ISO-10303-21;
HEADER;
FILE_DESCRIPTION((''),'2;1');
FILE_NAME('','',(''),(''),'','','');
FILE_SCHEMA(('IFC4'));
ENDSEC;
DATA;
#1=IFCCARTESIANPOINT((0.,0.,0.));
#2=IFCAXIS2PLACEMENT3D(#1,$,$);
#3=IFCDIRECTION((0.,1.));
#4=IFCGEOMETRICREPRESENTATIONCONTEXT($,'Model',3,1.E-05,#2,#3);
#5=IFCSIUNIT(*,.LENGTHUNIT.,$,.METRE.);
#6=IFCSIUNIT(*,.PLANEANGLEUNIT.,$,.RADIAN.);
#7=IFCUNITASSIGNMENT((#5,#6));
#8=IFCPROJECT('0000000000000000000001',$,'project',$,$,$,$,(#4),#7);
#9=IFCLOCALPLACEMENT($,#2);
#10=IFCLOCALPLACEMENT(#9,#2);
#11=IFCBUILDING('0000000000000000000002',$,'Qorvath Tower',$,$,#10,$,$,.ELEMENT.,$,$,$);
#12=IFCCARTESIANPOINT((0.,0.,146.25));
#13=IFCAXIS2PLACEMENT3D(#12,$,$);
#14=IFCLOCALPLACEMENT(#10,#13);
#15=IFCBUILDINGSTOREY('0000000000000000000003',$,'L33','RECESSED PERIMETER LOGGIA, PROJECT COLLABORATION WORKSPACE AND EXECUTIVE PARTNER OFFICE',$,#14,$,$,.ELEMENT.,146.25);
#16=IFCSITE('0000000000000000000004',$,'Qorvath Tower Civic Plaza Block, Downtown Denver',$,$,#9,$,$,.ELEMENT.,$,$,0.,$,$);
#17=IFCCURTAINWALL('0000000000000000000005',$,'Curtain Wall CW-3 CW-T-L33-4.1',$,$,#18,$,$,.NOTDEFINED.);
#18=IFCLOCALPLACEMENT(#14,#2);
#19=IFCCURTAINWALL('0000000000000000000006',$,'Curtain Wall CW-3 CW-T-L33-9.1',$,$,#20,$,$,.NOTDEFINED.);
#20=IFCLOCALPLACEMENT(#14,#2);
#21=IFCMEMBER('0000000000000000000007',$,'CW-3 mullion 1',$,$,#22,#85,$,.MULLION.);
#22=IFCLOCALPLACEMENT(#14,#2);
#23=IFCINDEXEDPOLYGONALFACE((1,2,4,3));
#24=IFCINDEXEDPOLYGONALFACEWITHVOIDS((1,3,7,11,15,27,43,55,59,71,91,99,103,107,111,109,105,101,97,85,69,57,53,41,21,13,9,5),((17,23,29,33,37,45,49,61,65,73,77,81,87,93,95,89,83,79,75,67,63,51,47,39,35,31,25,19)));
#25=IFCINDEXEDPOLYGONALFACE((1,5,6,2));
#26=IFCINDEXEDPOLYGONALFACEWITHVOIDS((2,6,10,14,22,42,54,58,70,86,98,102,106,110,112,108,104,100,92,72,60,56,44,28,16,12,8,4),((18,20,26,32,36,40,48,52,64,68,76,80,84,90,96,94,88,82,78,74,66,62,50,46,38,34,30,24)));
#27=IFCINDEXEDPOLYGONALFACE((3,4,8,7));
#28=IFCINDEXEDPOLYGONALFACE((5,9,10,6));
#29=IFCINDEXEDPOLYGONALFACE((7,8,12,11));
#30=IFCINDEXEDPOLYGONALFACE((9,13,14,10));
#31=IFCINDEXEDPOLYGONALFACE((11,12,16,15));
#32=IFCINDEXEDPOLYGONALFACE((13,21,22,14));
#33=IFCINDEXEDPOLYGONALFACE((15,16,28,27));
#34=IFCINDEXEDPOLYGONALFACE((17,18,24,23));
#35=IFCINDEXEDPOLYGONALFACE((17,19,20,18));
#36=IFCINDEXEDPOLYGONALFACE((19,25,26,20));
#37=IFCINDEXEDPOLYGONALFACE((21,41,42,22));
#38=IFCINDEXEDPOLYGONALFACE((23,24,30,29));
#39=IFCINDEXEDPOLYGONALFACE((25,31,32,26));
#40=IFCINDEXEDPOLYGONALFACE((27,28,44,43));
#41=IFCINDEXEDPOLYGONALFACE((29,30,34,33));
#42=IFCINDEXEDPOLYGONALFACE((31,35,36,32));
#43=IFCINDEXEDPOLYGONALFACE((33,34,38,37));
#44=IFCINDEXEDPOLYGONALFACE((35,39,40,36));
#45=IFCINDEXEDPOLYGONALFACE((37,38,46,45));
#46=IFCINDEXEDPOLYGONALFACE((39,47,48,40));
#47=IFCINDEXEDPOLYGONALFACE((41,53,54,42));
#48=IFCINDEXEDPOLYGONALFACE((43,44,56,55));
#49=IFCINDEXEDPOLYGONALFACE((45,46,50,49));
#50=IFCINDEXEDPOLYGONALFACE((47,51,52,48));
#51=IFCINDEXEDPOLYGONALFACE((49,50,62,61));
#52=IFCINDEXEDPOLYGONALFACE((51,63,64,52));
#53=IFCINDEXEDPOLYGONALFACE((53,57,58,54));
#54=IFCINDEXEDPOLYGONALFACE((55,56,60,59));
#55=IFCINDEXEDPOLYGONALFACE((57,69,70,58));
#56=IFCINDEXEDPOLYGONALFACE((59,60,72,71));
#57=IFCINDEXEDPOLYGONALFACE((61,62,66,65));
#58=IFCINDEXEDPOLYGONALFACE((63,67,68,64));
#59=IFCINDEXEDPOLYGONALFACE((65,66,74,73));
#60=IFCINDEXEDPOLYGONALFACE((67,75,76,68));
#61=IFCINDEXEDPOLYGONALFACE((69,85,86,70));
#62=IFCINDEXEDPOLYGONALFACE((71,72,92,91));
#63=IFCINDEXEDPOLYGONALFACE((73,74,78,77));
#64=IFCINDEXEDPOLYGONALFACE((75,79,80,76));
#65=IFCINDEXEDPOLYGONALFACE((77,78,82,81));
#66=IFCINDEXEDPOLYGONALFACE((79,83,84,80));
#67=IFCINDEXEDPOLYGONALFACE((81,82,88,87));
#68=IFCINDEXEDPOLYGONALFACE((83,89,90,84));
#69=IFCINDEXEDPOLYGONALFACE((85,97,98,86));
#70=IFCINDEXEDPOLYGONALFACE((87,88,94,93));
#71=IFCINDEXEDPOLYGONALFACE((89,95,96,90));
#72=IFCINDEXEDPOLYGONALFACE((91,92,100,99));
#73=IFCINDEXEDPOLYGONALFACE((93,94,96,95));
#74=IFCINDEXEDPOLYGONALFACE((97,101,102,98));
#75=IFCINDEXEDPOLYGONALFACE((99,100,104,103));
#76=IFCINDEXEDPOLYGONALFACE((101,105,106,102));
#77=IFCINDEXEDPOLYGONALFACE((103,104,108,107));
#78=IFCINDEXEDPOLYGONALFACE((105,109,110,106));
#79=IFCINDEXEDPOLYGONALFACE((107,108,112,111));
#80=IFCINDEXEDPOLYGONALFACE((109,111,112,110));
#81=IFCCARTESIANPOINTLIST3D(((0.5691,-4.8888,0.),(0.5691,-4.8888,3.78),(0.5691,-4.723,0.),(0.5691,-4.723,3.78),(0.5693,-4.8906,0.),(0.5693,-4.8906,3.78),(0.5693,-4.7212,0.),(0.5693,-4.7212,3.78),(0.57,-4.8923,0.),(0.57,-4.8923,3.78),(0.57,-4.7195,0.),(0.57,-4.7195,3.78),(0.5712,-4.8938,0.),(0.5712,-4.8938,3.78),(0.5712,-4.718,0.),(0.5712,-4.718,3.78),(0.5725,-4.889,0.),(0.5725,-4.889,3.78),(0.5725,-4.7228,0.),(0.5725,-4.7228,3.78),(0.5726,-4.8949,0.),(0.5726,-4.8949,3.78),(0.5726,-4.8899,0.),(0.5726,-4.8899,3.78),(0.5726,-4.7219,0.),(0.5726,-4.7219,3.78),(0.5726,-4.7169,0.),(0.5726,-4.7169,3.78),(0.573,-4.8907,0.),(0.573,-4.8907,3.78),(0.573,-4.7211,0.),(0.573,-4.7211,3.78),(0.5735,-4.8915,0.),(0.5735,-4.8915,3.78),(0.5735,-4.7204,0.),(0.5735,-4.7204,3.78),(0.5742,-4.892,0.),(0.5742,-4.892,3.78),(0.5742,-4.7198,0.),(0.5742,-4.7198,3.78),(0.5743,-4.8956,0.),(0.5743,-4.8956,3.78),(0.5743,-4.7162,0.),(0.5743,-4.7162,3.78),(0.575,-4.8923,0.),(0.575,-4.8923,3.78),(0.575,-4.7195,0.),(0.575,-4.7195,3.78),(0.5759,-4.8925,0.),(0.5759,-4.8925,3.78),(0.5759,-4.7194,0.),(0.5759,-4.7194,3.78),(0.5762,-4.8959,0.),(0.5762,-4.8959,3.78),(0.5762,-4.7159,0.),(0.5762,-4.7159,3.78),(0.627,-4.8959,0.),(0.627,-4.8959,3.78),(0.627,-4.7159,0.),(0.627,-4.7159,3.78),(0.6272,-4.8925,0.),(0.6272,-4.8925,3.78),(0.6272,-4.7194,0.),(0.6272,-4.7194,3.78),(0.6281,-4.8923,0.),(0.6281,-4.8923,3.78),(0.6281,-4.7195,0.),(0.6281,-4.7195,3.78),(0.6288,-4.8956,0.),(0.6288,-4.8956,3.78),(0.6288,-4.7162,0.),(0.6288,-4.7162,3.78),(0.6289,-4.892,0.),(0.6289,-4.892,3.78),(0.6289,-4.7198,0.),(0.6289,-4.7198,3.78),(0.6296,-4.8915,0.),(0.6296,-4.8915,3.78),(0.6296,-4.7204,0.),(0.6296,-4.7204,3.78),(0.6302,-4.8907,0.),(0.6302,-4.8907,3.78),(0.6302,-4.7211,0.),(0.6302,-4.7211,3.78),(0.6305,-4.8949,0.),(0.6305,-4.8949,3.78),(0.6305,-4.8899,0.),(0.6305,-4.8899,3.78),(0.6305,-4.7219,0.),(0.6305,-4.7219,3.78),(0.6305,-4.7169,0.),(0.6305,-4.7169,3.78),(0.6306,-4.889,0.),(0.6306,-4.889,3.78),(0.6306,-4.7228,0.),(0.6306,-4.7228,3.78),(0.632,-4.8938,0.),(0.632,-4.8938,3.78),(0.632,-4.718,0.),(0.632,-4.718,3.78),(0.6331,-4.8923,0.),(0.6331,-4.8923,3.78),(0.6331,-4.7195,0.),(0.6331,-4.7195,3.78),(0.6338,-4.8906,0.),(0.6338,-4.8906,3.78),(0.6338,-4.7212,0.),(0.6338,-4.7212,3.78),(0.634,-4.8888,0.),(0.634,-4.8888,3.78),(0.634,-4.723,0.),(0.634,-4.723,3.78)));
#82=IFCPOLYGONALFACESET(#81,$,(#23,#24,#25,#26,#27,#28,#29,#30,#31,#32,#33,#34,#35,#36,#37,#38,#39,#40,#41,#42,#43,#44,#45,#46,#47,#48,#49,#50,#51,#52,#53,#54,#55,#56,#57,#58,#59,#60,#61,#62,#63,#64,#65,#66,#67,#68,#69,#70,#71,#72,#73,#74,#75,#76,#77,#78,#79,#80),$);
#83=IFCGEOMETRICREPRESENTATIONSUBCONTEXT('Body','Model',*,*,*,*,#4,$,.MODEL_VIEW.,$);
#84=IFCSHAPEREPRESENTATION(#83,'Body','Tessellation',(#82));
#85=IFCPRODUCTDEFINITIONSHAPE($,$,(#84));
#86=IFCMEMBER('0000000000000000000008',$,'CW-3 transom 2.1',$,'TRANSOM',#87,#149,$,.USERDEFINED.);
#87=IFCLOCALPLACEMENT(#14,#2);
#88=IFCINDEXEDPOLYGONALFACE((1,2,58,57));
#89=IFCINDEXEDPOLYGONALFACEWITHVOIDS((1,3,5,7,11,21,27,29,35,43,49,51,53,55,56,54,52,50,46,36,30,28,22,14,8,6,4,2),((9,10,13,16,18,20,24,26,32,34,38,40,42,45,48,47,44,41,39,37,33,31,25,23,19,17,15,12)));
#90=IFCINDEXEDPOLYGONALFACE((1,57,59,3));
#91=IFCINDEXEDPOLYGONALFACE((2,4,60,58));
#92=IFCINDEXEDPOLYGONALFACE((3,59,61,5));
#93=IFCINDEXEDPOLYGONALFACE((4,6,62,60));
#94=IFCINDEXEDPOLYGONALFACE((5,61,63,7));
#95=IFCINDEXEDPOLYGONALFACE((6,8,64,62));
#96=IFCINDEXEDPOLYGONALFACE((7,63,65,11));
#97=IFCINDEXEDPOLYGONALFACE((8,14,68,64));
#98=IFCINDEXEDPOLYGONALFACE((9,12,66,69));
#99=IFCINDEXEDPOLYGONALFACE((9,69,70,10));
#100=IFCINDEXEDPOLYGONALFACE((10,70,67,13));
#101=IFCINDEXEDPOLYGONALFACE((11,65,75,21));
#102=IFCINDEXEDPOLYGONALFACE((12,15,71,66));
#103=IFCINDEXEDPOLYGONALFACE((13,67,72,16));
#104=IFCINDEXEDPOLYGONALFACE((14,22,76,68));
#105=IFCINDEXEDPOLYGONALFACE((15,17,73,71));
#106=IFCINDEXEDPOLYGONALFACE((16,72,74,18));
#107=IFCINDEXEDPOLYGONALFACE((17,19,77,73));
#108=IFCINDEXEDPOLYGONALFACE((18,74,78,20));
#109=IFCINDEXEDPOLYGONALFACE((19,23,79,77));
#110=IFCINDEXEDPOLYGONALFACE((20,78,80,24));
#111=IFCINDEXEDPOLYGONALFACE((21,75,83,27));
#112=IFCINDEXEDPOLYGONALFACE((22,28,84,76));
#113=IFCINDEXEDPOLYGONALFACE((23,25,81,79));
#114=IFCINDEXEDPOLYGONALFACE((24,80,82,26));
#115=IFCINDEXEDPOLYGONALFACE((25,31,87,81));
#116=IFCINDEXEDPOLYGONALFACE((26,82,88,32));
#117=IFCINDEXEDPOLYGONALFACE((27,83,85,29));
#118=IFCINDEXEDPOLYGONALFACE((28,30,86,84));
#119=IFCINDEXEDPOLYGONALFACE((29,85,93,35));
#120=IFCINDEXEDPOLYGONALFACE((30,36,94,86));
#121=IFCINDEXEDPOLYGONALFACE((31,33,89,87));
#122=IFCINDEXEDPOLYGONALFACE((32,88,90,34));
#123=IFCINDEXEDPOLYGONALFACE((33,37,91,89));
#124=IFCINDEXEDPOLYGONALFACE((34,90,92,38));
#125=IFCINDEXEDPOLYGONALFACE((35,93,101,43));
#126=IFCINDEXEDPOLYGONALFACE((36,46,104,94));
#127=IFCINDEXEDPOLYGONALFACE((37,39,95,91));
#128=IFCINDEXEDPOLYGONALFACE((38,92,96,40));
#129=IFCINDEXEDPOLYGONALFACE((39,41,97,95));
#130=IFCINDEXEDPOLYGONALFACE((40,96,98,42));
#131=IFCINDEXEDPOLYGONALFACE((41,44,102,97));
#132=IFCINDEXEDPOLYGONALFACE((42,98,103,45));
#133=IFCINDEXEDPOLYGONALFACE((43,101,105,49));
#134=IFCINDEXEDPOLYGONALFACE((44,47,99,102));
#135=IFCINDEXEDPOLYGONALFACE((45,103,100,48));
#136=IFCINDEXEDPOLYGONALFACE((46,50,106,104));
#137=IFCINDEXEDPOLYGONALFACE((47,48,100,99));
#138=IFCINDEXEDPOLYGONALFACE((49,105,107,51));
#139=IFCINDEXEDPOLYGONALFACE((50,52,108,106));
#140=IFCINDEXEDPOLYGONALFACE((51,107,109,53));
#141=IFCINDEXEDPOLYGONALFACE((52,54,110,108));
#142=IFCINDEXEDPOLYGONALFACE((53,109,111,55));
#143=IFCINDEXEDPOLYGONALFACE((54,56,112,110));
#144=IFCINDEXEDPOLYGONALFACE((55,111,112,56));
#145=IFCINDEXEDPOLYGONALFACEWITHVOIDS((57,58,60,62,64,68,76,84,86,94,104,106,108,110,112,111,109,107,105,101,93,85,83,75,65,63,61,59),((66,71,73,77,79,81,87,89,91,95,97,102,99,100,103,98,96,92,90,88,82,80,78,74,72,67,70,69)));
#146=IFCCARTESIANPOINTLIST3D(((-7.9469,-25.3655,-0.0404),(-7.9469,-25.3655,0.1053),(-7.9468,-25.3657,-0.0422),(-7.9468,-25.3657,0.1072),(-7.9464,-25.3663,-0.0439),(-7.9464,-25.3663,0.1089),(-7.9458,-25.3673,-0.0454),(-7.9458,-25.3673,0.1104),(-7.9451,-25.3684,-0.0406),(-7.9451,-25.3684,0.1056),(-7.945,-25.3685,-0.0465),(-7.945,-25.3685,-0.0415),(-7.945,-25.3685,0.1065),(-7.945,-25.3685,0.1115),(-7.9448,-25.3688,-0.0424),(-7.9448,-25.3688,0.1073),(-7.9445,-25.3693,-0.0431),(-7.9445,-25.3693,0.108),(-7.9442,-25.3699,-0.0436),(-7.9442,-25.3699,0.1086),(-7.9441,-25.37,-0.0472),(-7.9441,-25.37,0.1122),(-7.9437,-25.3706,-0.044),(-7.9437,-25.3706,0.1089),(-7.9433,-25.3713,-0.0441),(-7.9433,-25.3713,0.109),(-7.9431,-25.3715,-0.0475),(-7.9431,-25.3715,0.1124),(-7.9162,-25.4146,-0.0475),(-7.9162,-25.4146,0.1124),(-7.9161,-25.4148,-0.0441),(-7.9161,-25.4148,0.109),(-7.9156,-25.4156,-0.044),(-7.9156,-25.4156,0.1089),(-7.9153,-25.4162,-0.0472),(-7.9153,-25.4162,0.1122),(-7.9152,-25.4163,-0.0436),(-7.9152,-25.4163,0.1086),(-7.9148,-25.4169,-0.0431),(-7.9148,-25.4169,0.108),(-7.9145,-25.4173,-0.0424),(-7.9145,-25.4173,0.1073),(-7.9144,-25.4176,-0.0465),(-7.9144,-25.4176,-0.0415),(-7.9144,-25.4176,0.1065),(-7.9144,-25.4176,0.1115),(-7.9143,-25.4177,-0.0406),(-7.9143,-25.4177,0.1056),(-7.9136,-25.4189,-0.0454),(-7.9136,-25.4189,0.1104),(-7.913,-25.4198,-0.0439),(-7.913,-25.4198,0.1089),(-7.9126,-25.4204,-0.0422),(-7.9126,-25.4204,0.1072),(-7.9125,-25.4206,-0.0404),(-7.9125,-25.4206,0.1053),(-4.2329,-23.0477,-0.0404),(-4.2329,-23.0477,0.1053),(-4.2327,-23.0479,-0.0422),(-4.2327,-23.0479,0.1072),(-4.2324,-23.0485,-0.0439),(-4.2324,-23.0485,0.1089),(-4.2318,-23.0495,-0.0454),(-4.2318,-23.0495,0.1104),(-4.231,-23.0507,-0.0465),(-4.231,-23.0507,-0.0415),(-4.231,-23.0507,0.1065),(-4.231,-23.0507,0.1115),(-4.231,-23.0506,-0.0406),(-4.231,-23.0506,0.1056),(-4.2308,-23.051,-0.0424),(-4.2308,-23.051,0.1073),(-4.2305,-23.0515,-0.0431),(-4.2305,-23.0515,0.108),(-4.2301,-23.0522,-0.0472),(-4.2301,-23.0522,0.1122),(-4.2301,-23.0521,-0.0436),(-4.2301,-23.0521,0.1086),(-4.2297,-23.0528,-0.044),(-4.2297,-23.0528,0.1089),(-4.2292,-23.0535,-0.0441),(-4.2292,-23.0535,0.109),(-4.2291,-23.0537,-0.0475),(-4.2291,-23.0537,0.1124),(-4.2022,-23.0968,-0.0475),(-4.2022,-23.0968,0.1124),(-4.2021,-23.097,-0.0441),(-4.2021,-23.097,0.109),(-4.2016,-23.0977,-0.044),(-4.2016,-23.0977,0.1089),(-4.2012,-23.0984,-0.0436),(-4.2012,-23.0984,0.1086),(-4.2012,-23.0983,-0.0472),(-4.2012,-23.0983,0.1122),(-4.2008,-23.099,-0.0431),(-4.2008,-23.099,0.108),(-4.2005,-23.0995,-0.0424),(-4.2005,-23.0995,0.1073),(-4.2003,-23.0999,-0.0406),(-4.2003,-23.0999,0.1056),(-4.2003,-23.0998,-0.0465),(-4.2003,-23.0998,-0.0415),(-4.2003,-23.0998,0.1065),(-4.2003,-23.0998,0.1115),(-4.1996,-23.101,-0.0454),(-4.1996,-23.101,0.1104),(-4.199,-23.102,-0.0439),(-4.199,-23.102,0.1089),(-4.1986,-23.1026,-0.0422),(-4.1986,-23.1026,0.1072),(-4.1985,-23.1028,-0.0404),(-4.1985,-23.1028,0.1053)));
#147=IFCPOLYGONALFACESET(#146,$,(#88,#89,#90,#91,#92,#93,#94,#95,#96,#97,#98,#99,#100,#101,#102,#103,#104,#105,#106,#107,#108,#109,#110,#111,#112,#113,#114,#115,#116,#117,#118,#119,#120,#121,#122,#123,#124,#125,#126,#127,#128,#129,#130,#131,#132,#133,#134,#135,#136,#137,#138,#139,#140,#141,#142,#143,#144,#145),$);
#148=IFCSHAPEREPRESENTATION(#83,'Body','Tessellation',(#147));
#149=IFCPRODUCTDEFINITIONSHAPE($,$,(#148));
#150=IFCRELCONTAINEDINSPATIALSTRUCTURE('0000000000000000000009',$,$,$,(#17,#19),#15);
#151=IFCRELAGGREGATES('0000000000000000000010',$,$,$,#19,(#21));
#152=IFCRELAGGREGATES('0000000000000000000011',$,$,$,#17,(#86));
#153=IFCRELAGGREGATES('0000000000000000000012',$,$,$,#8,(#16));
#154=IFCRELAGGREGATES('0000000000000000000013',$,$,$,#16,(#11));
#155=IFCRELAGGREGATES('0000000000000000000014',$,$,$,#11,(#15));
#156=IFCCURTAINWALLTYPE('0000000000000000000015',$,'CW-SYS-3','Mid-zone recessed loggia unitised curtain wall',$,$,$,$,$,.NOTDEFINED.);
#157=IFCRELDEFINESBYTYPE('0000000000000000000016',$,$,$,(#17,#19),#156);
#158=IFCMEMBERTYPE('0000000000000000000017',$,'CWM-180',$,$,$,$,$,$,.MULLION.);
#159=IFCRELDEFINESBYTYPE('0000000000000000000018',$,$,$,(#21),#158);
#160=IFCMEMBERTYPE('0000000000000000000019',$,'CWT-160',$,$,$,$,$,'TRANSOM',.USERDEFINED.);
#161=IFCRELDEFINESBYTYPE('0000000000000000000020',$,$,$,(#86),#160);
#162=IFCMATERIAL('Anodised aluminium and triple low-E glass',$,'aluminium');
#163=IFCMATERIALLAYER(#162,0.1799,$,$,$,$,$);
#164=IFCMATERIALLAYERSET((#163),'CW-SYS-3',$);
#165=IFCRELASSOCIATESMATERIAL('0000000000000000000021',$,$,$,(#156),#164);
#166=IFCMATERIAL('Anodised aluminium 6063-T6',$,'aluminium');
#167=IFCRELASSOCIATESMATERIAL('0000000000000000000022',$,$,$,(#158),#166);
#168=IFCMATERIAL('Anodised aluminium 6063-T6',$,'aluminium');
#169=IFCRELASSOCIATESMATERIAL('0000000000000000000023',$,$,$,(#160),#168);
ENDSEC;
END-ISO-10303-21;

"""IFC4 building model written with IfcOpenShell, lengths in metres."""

from ifc_helpers import new_model, si_unit, direction, frame, origin, origin_2d, place, context, subcontext, project, spatial, hollow_rectangle, extrude, material, layer, layer_set, material_profile, profile_set, type_object, element, aggregate, save


model = new_model("IFC4")

# Units and contexts
model_context = context("Model", 3, precision=1e-05, world=origin(), true_north=direction((0.0, 1.0)))
body_context = subcontext(model_context, "Body", "Model", "MODEL_VIEW")
ifc_project = project(units=[si_unit("LENGTHUNIT", "METRE"), si_unit("PLANEANGLEUNIT", "RADIAN")], contexts=[model_context])

# Site, building, storey
site_placement = place(None, origin())
site = spatial("IfcSite", under=ifc_project, at=site_placement, Name="Qorvath Tower Civic Plaza Block, Downtown Denver", CompositionType="ELEMENT", RefElevation=0.0)
building_placement = place(site_placement, origin())
building = spatial("IfcBuilding", under=site, at=building_placement, Name="Qorvath Tower", CompositionType="ELEMENT")
storey_placement = place(building_placement, frame((0.0, 0.0, 146.25)))
storey = spatial("IfcBuildingStorey", under=building, at=storey_placement, Name="L33", Description="RECESSED PERIMETER LOGGIA, PROJECT COLLABORATION WORKSPACE AND EXECUTIVE PARTNER OFFICE", CompositionType="ELEMENT", Elevation=146.25)

# Curtain wall
ifc_material_1 = material(Name="Anodised aluminium and triple low-E glass", Category="aluminium")
ifc_layer_1 = layer(ifc_material_1, 0.1799)
ifc_layer_set_1 = layer_set([ifc_layer_1], Name="CW-SYS-3")
curtain_wall_type = type_object("IfcCurtainWallType", Name="CW-SYS-3", Description="Mid-zone recessed loggia unitised curtain wall", PredefinedType="NOTDEFINED", material=ifc_layer_set_1)
curtain_wall_1_placement = place(storey_placement, origin())
curtain_wall_1 = element("IfcCurtainWall", 1, at=curtain_wall_1_placement, inside=storey, type_object=curtain_wall_type, Name="Curtain Wall CW-3 CW-T-L33-4.1", PredefinedType="NOTDEFINED")
ifc_material_2 = material(Name="Anodised aluminium 6063-T6", Category="aluminium")
ifc_material_profile_1 = material_profile(ifc_material_2, hollow_rectangle(XDim=0.0649, YDim=0.1799, WallThickness=0.0034, InnerFilletRadius=0.0034, OuterFilletRadius=0.0071, at=origin_2d()), Name="CWM 180x65")
ifc_profile_set_1 = profile_set([ifc_material_profile_1], Name="Anodised aluminium 6063-T6")
member_type_1 = type_object("IfcMemberType", Name="CWM-180", PredefinedType="MULLION", material=ifc_profile_set_1)

# Curtain wall, member
curtain_wall_2_placement = place(storey_placement, origin())
curtain_wall_2 = element("IfcCurtainWall", 2, at=curtain_wall_2_placement, inside=storey, type_object=curtain_wall_type, Name="Curtain Wall CW-3 CW-T-L33-9.1", PredefinedType="NOTDEFINED")
member_1_placement = place(storey_placement, frame((0.6016, -4.8059, 0.0), z_axis=(0.0, 0.0, 1.0), x_axis=(-1.0, 0.0, 0.0)))
member_1 = element("IfcMember", 3, at=member_1_placement, type_object=member_type_1, Name="CW-3 mullion 1", PredefinedType="MULLION", context=body_context, shape_type="SweptSolid", body=[
    extrude(hollow_rectangle(XDim=0.0649, YDim=0.1799, WallThickness=0.0034, InnerFilletRadius=0.0034, OuterFilletRadius=0.0071, at=origin_2d()), origin(), (0.0, 0.0, 1.0), 3.78),
])
aggregate(curtain_wall_2, [member_1])

# Member
ifc_material_3 = material(Name="Anodised aluminium 6063-T6", Category="aluminium")
ifc_material_profile_2 = material_profile(ifc_material_3, hollow_rectangle(XDim=0.0649, YDim=0.1599, WallThickness=0.0034, InnerFilletRadius=0.0034, OuterFilletRadius=0.0071, at=origin_2d()), Name="CWT 160x65")
ifc_profile_set_2 = profile_set([ifc_material_profile_2], Name="Anodised aluminium 6063-T6")
member_type_2 = type_object("IfcMemberType", Name="CWT-160", ElementType="TRANSOM", PredefinedType="USERDEFINED", material=ifc_profile_set_2)
member_2_placement = place(storey_placement, frame((-7.9297, -25.3931, 0.0325), z_axis=(0.848352, 0.529432, 0.0), x_axis=(-0.529432, 0.848352, 0.0)))
member_2 = element("IfcMember", 4, at=member_2_placement, type_object=member_type_2, Name="CW-3 transom 2.1", ObjectType="TRANSOM", PredefinedType="USERDEFINED", context=body_context, shape_type="SweptSolid", body=[
    extrude(hollow_rectangle(XDim=0.0649, YDim=0.1599, WallThickness=0.0034, InnerFilletRadius=0.0034, OuterFilletRadius=0.0071, at=origin_2d()), origin(), (0.0, 0.0, 1.0), 4.3779),
])

aggregate(curtain_wall_1, [member_2])

save(model, "model.ifc")
